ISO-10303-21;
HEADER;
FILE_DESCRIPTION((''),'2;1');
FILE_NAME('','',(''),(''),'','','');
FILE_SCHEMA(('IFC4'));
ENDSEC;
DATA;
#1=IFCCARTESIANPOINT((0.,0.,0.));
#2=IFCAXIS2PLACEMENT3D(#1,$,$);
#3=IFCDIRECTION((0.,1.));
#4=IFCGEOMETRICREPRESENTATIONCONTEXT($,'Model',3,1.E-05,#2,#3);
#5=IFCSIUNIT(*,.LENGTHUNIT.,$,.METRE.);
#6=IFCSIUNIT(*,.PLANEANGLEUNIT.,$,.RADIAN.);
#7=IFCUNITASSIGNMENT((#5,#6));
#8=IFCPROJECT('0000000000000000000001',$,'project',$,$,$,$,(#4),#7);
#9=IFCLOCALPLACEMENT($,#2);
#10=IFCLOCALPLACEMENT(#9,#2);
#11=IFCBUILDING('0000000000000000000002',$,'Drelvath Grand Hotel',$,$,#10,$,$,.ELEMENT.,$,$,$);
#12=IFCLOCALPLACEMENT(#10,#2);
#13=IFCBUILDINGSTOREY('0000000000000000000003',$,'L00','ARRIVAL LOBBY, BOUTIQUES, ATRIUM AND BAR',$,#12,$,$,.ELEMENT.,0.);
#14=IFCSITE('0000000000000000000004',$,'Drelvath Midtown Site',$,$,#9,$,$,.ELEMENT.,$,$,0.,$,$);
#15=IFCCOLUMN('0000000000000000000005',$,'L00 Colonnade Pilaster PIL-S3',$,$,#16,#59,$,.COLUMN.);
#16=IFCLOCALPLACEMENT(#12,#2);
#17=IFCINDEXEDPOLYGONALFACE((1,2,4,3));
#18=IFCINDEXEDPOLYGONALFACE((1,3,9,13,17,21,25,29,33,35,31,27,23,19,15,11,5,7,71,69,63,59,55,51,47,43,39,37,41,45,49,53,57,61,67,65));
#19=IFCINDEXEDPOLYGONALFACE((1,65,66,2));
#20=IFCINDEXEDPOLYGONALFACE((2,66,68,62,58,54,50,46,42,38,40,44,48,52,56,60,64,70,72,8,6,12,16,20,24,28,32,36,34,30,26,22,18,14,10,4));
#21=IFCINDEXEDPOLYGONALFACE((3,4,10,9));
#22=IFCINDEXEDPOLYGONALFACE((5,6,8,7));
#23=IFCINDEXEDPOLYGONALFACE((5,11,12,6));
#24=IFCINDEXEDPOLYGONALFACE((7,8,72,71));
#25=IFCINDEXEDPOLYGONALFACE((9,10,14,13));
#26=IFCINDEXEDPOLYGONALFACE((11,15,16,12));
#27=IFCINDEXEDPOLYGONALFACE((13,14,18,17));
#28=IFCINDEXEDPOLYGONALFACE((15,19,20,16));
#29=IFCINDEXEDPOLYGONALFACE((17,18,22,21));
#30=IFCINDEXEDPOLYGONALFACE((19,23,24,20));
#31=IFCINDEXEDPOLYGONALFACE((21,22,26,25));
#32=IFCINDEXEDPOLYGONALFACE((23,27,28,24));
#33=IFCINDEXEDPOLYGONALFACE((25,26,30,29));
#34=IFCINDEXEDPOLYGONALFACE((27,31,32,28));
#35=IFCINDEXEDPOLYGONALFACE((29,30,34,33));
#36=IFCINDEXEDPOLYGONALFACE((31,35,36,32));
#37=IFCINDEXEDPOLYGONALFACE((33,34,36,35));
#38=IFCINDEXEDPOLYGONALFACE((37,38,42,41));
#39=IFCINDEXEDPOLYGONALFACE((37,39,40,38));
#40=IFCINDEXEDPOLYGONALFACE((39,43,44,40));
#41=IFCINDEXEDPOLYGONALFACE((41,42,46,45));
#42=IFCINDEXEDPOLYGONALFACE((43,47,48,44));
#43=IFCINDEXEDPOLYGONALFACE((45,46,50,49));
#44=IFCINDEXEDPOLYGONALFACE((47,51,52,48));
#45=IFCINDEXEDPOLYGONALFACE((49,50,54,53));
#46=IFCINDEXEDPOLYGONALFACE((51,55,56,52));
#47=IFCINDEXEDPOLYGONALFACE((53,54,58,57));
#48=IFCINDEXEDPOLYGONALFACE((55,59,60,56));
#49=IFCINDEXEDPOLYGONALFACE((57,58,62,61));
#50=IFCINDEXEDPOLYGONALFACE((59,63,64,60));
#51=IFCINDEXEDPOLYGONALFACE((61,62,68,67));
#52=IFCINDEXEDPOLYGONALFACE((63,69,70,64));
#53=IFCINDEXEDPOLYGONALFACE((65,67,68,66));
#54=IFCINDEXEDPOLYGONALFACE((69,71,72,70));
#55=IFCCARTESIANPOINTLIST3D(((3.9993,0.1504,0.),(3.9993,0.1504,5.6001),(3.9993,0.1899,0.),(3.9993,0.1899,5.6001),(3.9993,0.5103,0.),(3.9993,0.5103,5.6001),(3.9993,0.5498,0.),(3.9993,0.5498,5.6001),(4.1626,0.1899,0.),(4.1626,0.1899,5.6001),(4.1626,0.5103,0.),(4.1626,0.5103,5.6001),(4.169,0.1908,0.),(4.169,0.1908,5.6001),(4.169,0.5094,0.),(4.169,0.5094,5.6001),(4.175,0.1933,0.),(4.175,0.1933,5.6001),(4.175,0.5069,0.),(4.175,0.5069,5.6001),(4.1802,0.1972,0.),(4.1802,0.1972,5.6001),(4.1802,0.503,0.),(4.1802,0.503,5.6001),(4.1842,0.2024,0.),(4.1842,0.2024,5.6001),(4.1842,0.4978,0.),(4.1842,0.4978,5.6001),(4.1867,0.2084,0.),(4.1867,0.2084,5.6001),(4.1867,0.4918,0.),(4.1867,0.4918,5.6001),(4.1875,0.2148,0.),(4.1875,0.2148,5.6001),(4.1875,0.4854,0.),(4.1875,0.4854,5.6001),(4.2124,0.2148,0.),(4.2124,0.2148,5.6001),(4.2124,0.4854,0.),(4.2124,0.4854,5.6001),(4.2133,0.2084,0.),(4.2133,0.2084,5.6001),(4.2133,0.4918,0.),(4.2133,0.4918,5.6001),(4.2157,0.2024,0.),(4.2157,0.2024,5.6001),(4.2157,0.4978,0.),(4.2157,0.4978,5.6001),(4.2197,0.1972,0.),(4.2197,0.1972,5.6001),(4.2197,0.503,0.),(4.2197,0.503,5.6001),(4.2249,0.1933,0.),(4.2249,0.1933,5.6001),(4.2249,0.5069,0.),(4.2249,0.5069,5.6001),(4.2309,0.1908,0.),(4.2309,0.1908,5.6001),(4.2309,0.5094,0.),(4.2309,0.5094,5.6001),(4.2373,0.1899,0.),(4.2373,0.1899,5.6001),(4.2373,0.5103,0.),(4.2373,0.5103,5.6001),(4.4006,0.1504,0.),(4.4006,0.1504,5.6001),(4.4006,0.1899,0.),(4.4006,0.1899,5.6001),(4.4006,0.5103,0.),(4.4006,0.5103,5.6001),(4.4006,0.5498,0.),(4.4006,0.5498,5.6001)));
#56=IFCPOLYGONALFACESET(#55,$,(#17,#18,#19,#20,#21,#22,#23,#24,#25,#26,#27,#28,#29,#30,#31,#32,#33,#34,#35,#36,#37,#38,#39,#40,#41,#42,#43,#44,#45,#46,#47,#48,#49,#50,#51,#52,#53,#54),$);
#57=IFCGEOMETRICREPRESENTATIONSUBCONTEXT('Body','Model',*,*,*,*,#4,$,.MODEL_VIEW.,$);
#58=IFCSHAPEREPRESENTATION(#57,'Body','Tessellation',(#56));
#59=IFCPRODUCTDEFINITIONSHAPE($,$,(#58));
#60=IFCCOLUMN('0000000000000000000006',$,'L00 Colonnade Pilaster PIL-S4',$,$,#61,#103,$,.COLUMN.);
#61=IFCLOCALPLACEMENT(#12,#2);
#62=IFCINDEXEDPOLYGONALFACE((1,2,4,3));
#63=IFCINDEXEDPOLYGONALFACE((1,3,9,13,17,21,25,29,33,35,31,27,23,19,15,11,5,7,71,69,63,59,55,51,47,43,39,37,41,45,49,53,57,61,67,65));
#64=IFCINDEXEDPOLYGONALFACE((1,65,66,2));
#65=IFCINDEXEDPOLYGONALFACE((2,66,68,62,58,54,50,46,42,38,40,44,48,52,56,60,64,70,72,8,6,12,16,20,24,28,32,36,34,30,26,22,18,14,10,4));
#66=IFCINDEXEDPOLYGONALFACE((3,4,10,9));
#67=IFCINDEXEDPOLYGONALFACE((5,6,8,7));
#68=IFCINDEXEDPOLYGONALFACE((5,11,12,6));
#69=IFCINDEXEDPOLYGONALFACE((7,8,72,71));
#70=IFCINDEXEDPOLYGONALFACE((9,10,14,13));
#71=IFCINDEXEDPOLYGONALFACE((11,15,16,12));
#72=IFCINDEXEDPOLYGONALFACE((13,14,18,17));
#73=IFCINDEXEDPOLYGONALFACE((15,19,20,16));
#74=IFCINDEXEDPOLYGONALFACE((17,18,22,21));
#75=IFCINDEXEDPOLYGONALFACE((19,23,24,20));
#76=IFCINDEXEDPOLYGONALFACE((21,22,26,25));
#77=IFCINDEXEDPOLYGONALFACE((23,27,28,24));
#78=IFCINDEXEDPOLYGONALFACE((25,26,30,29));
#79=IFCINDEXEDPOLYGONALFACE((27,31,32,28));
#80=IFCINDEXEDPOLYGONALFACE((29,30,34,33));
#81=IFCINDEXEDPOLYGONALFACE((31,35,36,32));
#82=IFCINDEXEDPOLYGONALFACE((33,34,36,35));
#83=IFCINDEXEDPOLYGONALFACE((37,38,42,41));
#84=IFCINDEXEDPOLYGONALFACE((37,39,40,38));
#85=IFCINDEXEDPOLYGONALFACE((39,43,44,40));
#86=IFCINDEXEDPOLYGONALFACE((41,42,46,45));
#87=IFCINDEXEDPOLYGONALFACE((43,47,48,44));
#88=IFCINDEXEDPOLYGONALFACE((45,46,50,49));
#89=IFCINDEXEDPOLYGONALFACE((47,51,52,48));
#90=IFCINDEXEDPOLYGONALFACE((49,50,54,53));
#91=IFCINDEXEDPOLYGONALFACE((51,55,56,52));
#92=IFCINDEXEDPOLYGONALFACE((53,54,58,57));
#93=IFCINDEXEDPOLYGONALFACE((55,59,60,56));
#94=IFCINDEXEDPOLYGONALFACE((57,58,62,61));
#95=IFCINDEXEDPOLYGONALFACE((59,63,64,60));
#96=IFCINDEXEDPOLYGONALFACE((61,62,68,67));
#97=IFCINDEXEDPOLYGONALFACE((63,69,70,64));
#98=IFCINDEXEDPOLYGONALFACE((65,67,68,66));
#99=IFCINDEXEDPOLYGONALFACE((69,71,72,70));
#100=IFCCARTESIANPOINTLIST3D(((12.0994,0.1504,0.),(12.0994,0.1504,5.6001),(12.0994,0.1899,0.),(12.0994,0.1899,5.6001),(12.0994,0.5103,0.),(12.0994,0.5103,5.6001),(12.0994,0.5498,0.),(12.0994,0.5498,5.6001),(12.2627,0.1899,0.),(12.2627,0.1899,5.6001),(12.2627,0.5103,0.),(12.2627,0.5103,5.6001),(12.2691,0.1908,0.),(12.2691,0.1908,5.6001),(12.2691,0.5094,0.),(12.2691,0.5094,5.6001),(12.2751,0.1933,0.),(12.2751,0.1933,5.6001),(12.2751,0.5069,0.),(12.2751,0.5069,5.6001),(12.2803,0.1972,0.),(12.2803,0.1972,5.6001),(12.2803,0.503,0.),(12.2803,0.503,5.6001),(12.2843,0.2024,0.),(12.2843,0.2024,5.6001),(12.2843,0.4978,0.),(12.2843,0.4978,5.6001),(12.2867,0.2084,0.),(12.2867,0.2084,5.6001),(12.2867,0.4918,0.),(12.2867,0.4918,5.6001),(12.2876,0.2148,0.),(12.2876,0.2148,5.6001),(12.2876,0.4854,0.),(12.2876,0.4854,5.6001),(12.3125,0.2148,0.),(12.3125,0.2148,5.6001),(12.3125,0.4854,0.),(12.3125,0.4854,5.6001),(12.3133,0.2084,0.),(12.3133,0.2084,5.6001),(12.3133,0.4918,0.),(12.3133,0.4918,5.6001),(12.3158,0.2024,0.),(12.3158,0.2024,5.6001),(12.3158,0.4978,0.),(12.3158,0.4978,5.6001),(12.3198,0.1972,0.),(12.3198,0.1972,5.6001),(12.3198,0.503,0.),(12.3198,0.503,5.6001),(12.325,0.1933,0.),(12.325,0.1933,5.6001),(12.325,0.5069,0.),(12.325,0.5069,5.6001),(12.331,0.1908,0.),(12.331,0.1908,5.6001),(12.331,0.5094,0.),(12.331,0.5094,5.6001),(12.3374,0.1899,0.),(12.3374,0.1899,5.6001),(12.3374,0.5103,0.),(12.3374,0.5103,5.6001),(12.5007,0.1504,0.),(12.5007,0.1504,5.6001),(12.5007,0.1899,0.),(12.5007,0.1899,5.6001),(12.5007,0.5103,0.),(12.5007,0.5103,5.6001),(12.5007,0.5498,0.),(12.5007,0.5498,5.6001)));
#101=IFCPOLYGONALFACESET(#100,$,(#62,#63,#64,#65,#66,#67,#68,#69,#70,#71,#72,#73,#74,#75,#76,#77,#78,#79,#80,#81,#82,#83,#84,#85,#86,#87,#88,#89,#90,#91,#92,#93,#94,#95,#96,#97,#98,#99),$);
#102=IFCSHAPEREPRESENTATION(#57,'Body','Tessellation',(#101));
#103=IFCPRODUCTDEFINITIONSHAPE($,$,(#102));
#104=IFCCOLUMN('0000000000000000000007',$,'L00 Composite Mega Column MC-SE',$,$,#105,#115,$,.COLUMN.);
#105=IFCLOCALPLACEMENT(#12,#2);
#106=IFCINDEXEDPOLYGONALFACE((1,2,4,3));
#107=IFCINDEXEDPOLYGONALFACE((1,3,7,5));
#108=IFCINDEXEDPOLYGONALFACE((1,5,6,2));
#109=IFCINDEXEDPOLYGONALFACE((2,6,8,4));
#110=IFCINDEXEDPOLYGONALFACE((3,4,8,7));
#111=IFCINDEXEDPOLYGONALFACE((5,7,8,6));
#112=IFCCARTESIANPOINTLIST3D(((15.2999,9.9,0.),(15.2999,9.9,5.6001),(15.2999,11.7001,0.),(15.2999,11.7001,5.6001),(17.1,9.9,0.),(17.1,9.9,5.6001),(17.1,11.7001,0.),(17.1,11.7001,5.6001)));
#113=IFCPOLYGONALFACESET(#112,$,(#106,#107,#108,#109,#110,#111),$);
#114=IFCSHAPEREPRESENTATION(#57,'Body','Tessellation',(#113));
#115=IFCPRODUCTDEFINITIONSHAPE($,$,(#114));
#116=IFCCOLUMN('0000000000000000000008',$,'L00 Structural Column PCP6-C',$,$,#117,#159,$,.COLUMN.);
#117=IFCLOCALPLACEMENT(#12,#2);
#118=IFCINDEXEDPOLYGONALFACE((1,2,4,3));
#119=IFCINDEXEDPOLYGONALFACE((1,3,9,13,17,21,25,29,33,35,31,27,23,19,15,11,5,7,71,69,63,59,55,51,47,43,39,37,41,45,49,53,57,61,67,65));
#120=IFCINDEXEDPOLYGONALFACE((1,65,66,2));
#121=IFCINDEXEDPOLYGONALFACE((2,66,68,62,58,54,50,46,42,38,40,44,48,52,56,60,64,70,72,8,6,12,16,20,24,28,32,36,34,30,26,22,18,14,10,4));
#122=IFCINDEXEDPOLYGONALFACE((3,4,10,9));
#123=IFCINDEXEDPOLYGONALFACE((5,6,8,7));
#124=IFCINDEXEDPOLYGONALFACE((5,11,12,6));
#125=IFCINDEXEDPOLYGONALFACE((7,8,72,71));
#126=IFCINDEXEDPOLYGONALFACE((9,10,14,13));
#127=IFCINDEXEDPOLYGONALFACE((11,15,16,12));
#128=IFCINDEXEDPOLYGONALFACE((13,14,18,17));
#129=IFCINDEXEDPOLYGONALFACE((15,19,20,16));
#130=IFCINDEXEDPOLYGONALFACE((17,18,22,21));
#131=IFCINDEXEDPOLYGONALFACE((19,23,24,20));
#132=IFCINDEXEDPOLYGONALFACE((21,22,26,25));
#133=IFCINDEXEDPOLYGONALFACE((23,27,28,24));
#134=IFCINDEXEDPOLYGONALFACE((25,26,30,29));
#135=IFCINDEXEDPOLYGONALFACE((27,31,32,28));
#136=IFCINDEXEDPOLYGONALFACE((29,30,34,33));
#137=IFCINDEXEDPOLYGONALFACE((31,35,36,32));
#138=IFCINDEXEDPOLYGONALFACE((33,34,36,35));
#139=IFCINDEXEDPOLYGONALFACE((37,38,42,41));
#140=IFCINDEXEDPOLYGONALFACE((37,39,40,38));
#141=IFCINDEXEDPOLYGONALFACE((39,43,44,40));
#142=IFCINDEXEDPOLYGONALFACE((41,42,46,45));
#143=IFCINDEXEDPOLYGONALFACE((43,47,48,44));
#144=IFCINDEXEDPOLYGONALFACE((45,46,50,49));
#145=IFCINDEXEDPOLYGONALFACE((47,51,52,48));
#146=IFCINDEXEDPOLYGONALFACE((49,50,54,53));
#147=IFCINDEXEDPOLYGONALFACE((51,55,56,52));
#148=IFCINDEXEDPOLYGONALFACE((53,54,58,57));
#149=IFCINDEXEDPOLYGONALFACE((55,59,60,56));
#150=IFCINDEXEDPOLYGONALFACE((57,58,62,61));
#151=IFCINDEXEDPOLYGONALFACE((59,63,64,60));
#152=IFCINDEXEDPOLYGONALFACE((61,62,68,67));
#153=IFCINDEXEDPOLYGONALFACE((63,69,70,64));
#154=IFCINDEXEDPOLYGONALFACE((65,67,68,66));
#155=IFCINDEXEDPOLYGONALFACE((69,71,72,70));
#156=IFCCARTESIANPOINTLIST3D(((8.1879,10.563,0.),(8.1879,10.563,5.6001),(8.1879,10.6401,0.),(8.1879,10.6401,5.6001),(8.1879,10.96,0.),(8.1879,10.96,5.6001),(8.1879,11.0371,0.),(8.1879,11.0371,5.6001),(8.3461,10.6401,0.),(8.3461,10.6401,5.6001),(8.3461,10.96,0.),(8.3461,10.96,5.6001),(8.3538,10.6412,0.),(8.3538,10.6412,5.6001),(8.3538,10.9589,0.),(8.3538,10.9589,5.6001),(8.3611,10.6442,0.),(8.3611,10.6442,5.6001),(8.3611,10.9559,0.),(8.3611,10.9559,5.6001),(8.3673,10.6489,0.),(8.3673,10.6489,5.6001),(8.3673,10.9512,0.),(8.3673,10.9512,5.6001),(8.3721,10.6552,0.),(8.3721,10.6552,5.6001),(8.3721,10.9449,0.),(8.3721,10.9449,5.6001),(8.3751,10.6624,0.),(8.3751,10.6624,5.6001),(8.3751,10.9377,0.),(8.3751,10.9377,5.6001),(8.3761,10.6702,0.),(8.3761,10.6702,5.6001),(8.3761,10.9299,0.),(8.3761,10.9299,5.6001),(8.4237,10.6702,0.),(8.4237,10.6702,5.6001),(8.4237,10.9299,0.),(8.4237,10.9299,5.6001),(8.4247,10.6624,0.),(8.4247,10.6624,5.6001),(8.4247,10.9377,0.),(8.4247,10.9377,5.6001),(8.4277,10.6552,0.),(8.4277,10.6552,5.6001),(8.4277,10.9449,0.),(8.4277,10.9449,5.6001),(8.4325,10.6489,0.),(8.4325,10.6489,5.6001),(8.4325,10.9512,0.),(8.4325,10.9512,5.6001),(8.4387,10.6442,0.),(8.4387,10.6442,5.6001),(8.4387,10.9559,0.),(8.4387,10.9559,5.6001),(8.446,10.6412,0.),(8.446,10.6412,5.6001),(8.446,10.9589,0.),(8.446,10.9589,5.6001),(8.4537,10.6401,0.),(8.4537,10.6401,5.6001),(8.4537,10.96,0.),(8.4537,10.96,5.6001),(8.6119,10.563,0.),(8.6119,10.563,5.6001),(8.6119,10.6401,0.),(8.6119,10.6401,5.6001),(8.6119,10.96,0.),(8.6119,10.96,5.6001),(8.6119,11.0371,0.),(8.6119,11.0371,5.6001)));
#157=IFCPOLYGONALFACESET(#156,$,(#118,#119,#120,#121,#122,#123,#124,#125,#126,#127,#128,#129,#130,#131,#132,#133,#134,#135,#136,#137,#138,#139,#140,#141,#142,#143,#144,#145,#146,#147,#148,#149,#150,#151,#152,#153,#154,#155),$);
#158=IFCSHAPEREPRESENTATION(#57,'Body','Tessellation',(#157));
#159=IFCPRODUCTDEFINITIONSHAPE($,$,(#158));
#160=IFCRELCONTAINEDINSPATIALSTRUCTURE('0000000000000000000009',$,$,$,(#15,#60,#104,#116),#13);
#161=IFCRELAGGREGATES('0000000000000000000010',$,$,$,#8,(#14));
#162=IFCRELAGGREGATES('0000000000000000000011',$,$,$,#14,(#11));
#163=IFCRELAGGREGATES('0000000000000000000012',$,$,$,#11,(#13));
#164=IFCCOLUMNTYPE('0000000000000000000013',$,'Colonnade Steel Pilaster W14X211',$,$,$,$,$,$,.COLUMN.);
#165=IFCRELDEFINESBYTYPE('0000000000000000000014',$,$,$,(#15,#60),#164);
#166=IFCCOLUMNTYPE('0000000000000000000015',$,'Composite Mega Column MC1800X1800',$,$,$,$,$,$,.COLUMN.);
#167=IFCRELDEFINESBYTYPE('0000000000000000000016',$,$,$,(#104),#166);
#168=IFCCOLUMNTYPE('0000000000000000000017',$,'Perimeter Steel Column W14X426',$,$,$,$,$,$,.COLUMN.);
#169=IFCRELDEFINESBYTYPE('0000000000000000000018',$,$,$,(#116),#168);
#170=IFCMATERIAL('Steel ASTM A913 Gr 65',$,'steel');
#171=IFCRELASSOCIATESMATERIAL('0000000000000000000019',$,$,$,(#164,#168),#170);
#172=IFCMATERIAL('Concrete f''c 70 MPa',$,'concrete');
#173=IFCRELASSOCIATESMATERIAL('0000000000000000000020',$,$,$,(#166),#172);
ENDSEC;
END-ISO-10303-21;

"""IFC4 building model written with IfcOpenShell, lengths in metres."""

from ifc_helpers import new_model, si_unit, direction, frame, origin, origin_2d, place, context, subcontext, project, spatial, rectangle, i_section, extrude, material, material_profile, profile_set, type_object, element, save


model = new_model("IFC4")

# Units and contexts
model_context = context("Model", 3, precision=1e-05, world=origin(), true_north=direction((0.0, 1.0)))
body_context = subcontext(model_context, "Body", "Model", "MODEL_VIEW")
ifc_project = project(units=[si_unit("LENGTHUNIT", "METRE"), si_unit("PLANEANGLEUNIT", "RADIAN")], contexts=[model_context])

# Site, building, storey
site_placement = place(None, origin())
site = spatial("IfcSite", under=ifc_project, at=site_placement, Name="Drelvath Midtown Site", CompositionType="ELEMENT", RefElevation=0.0)
building_placement = place(site_placement, origin())
building = spatial("IfcBuilding", under=site, at=building_placement, Name="Drelvath Grand Hotel", CompositionType="ELEMENT")
storey_placement = place(building_placement, origin())
storey = spatial("IfcBuildingStorey", under=building, at=storey_placement, Name="L00", Description="ARRIVAL LOBBY, BOUTIQUES, ATRIUM AND BAR", CompositionType="ELEMENT", Elevation=0.0)

# Columns
ifc_material_1 = material(Name="Steel ASTM A913 Gr 65", Category="steel")
ifc_material_profile_1 = material_profile(ifc_material_1, i_section(OverallWidth=0.4014, OverallDepth=0.3994, WebThickness=0.0249, FlangeThickness=0.0396, FilletRadius=0.0249, at=origin_2d()), Name="W14X211")
ifc_profile_set_1 = profile_set([ifc_material_profile_1], Name="Steel ASTM A913 Gr 65")
column_type_1 = type_object("IfcColumnType", Name="Colonnade Steel Pilaster W14X211", PredefinedType="COLUMN", material=ifc_profile_set_1)
for number, where, z_axis, x_axis, name in (
    (1, (4.2, 0.3501, 0.0), (0.0, 0.0, 1.0), (1.0, 0.0, 0.0), "L00 Colonnade Pilaster PIL-S3"),
    (2, (12.3, 0.3501, 0.0), (0.0, 0.0, 1.0), (1.0, 0.0, 0.0), "L00 Colonnade Pilaster PIL-S4"),
):
    element("IfcColumn", number, at=place(storey_placement, frame(where, z_axis=z_axis, x_axis=x_axis)), inside=storey, type_object=column_type_1, Name=name, PredefinedType="COLUMN", context=body_context, shape_type="SweptSolid", body=[
        extrude(i_section(OverallWidth=0.4014, OverallDepth=0.3994, WebThickness=0.0249, FlangeThickness=0.0396, FilletRadius=0.0249, at=origin_2d()), origin(), (0.0, 0.0, 1.0), 5.6001),
    ])
ifc_material_2 = material(Name="Concrete f'c 70 MPa", Category="concrete")
ifc_material_profile_2 = material_profile(ifc_material_2, rectangle(XDim=1.8, YDim=1.8, at=origin_2d()), Name="MC1800X1800")
ifc_profile_set_2 = profile_set([ifc_material_profile_2], Name="Concrete f'c 70 MPa")
column_type_2 = type_object("IfcColumnType", Name="Composite Mega Column MC1800X1800", PredefinedType="COLUMN", material=ifc_profile_set_2)
column_1_placement = place(storey_placement, frame((16.2, 10.8, 0.0), z_axis=(0.0, 0.0, 1.0), x_axis=(1.0, 0.0, 0.0)))
element("IfcColumn", 3, at=column_1_placement, inside=storey, type_object=column_type_2, Name="L00 Composite Mega Column MC-SE", PredefinedType="COLUMN", context=body_context, shape_type="SweptSolid", body=[
    extrude(rectangle(XDim=1.8, YDim=1.8, at=origin_2d()), origin(), (0.0, 0.0, 1.0), 5.6001),
])
ifc_material_profile_3 = material_profile(ifc_material_1, i_section(OverallWidth=0.4241, OverallDepth=0.4741, WebThickness=0.0476, FlangeThickness=0.0771, FilletRadius=0.03, at=origin_2d()), Name="W14X426")
ifc_profile_set_3 = profile_set([ifc_material_profile_3], Name="Steel ASTM A913 Gr 65")
column_type_3 = type_object("IfcColumnType", Name="Perimeter Steel Column W14X426", PredefinedType="COLUMN", material=ifc_profile_set_3)
column_2_placement = place(storey_placement, frame((8.3999, 10.8, 0.0), z_axis=(0.0, 0.0, 1.0), x_axis=(1.0, 0.0, 0.0)))
element("IfcColumn", 4, at=column_2_placement, inside=storey, type_object=column_type_3, Name="L00 Structural Column PCP6-C", PredefinedType="COLUMN", context=body_context, shape_type="SweptSolid", body=[
    extrude(i_section(OverallWidth=0.4241, OverallDepth=0.4741, WebThickness=0.0476, FlangeThickness=0.0771, FilletRadius=0.03, at=origin_2d()), origin(), (0.0, 0.0, 1.0), 5.6001),
])

save(model, "model.ifc")
